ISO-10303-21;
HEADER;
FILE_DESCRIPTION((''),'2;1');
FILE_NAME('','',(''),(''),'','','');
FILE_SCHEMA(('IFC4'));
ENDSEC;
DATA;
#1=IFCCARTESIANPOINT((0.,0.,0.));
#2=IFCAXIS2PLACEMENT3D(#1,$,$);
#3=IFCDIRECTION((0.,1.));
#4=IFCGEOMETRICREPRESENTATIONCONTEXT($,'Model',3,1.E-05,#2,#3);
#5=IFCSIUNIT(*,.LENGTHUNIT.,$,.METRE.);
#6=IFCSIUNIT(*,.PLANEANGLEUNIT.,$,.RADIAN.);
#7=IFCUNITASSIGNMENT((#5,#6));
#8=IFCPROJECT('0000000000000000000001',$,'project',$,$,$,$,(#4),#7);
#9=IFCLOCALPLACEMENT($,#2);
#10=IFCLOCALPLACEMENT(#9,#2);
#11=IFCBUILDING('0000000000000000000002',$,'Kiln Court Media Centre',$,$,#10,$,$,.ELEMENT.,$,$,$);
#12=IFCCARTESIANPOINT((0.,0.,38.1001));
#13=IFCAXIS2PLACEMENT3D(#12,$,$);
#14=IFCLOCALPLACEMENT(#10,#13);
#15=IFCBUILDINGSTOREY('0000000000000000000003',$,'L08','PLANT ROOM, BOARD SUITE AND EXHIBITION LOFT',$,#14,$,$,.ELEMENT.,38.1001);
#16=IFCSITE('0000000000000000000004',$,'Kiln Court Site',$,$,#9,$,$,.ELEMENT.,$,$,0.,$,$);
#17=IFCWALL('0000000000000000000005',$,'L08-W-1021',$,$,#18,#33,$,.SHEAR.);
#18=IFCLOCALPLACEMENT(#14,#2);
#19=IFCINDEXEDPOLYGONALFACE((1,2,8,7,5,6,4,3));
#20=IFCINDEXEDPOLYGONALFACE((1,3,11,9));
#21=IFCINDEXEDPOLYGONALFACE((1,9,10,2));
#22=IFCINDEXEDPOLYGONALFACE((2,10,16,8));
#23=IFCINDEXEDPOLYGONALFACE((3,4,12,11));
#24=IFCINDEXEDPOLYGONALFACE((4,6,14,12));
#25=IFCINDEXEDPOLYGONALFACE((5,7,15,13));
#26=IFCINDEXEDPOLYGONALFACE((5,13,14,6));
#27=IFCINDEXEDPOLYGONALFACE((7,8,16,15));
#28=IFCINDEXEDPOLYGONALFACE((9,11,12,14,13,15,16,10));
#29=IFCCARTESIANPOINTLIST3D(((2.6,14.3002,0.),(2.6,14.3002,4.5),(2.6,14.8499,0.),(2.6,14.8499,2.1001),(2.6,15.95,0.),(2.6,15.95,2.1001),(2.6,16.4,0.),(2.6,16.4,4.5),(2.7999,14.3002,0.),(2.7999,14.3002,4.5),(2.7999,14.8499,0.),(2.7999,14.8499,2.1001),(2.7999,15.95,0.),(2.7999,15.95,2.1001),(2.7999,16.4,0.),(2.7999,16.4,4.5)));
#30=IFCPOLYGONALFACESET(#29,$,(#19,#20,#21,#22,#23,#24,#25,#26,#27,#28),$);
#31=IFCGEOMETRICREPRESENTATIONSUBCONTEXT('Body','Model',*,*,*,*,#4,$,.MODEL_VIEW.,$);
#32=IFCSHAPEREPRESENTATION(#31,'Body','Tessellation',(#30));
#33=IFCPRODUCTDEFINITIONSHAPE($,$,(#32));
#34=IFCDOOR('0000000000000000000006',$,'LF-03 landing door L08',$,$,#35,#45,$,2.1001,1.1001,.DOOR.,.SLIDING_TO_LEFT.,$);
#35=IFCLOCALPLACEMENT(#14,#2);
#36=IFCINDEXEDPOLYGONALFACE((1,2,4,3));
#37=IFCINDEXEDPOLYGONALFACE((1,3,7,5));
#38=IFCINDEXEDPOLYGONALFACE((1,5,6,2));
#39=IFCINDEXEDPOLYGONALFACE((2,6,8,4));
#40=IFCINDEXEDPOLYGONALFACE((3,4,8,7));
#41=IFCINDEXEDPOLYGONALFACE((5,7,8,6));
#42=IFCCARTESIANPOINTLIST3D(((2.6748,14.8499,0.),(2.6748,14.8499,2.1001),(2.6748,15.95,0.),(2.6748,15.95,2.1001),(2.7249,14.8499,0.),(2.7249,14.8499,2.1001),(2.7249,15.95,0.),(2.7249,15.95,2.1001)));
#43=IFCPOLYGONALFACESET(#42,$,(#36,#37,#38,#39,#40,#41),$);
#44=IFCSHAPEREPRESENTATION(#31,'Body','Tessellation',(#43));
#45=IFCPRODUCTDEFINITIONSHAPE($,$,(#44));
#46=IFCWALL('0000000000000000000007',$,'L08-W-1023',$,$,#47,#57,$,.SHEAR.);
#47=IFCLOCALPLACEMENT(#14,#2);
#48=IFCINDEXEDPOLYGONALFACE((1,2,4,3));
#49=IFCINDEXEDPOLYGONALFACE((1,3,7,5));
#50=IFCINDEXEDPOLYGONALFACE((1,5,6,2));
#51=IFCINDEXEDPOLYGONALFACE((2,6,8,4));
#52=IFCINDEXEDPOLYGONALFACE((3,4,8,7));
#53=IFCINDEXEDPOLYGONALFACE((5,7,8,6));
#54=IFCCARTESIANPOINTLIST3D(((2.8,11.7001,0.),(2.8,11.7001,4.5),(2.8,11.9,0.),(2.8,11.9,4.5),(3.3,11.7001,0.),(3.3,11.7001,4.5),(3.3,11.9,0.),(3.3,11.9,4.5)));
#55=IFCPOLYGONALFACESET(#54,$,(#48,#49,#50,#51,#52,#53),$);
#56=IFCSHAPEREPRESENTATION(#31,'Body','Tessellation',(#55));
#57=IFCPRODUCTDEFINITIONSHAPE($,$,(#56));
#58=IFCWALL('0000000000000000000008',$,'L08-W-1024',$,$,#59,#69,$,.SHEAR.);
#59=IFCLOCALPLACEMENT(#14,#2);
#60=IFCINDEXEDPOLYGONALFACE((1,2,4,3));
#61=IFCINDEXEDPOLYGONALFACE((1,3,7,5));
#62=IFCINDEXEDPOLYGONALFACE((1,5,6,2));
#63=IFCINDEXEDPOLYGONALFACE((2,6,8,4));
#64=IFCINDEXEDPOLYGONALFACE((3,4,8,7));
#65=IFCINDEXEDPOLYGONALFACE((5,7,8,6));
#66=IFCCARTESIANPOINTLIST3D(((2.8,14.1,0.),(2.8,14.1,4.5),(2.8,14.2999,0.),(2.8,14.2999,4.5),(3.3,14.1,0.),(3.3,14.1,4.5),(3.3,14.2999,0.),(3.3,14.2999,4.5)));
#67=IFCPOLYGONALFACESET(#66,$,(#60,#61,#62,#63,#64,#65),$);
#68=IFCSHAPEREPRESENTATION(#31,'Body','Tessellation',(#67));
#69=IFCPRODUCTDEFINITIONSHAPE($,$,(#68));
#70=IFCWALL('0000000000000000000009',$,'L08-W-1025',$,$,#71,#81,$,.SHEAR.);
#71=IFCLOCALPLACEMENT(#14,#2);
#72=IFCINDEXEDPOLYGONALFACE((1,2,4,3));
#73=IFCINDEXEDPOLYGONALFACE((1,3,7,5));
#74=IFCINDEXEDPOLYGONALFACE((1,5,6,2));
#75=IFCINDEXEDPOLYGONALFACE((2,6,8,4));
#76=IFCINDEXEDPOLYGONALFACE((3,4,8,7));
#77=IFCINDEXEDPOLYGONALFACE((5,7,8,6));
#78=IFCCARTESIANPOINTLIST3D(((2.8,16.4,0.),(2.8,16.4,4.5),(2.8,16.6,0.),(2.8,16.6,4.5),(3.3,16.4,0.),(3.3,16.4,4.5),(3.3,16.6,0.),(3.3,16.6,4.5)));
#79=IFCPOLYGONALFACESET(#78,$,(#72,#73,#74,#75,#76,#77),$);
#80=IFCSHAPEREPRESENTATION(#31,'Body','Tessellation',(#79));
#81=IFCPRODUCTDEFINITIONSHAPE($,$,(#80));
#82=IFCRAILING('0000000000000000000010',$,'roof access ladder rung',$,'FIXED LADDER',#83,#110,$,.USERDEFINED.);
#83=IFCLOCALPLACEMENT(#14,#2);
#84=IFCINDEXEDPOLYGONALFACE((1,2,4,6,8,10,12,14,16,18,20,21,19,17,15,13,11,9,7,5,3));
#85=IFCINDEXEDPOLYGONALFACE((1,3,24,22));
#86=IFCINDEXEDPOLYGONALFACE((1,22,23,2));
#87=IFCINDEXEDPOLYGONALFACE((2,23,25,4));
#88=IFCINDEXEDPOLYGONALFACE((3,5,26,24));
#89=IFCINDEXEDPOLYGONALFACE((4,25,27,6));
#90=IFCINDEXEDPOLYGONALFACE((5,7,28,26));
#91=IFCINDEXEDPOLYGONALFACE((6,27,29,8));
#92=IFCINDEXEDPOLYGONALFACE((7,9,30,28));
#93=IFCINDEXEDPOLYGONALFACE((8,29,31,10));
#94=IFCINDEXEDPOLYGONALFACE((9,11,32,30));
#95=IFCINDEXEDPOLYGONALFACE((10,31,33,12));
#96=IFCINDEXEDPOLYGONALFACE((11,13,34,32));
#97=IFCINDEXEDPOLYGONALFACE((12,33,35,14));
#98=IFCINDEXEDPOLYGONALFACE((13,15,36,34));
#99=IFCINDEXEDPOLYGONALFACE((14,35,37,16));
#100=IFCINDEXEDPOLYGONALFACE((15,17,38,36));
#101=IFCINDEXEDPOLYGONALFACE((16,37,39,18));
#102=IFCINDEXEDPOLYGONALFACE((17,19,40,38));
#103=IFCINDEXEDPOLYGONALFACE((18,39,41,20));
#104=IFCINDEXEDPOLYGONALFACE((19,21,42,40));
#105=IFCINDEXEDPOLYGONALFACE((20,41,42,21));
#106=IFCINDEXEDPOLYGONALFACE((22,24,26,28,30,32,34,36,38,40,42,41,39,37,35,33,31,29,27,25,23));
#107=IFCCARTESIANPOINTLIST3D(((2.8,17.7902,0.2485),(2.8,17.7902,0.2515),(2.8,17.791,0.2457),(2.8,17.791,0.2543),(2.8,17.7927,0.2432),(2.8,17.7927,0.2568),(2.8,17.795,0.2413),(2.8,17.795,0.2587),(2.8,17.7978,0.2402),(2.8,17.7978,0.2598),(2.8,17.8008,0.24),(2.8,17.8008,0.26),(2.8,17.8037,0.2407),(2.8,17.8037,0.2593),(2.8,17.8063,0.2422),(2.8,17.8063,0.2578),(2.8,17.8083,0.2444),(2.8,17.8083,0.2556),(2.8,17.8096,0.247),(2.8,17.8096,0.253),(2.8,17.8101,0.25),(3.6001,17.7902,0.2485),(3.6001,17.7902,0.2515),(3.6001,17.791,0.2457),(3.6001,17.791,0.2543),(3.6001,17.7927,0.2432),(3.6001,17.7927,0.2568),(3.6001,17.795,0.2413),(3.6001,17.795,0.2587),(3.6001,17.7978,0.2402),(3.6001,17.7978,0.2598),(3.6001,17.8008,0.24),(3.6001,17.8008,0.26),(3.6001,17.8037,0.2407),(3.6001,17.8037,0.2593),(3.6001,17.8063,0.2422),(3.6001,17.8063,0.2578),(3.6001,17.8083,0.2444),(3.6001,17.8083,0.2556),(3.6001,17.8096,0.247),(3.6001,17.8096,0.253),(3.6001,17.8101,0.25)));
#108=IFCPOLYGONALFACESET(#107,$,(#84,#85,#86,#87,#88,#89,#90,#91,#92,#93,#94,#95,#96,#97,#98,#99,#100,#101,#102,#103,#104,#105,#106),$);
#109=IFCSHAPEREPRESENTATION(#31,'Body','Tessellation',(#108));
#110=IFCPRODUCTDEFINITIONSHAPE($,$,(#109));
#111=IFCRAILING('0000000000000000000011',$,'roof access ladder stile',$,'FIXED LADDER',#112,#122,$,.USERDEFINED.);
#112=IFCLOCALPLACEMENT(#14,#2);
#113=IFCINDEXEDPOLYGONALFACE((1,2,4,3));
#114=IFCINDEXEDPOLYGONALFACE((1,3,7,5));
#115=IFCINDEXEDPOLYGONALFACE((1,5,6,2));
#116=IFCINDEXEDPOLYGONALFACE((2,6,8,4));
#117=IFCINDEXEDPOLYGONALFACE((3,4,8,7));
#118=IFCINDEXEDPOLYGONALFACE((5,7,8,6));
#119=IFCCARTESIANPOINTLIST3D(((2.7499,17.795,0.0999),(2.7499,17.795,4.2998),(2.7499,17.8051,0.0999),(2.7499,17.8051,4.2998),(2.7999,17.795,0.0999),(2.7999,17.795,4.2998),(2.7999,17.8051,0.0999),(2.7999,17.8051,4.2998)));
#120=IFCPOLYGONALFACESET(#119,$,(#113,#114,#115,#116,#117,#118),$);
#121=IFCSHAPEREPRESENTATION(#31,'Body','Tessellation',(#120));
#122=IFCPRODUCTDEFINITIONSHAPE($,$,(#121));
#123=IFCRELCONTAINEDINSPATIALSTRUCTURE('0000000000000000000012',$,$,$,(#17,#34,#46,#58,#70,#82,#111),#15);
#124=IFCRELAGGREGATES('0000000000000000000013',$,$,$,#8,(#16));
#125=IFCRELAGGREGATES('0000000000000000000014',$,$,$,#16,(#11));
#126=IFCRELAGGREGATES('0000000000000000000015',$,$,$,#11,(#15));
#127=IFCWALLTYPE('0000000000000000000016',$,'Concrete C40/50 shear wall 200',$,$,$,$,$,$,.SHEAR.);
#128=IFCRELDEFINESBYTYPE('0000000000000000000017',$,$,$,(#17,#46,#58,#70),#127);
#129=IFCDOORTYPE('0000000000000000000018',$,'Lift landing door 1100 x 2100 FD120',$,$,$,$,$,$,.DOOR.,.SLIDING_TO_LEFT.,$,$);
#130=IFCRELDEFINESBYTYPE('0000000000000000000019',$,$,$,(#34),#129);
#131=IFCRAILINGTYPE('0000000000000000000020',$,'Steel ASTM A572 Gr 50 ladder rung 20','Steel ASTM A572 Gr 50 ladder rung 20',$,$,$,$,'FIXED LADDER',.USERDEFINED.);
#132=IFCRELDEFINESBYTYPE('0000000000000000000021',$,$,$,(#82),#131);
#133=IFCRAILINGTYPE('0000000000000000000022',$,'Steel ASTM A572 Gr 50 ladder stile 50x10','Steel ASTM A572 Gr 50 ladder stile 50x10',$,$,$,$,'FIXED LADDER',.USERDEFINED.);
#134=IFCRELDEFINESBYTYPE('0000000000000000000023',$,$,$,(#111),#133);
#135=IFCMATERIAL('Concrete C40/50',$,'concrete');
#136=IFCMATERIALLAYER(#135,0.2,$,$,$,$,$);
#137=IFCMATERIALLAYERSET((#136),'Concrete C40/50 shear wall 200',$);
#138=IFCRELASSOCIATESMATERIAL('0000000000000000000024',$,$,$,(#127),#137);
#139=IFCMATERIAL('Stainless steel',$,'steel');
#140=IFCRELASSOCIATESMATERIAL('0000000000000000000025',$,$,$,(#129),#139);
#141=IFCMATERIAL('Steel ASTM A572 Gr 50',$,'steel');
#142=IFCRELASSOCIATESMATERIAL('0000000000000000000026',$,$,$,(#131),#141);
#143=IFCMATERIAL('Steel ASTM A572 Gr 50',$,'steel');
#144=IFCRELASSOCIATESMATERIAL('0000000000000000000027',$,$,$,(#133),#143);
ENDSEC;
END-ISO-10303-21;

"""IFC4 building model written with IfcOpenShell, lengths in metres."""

from ifc_helpers import new_model, si_unit, direction, frame, frame_2d, origin, origin_2d, place, context, subcontext, project, spatial, rectangle, circle, extrude, material, layer, layer_set, material_profile, profile_set, type_object, element, fill, save


model = new_model("IFC4")

# Units and contexts
model_context = context("Model", 3, precision=1e-05, world=origin(), true_north=direction((0.0, 1.0)))
body_context = subcontext(model_context, "Body", "Model", "MODEL_VIEW")
ifc_project = project(units=[si_unit("LENGTHUNIT", "METRE"), si_unit("PLANEANGLEUNIT", "RADIAN")], contexts=[model_context])

# Site, building, storey
site_placement = place(None, origin())
site = spatial("IfcSite", under=ifc_project, at=site_placement, Name="Kiln Court Site", CompositionType="ELEMENT", RefElevation=0.0)
building_placement = place(site_placement, origin())
building = spatial("IfcBuilding", under=site, at=building_placement, Name="Kiln Court Media Centre", CompositionType="ELEMENT")
storey_placement = place(building_placement, frame((0.0, 0.0, 38.1001)))
storey = spatial("IfcBuildingStorey", under=building, at=storey_placement, Name="L08", Description="PLANT ROOM, BOARD SUITE AND EXHIBITION LOFT", CompositionType="ELEMENT", Elevation=38.1001)

# Shared definitions
ifc_material_1 = material(Name="Concrete C40/50", Category="concrete")
ifc_layer = layer(ifc_material_1, 0.2)
ifc_layer_set = layer_set([ifc_layer], Name="Concrete C40/50 shear wall 200")
wall_type = type_object("IfcWallType", Name="Concrete C40/50 shear wall 200", PredefinedType="SHEAR", material=ifc_layer_set)

# Shared definitions
ifc_material_2 = material(Name="Stainless steel", Category="steel")
door_type_1 = type_object("IfcDoorType", Name="Lift landing door 1100 x 2100 FD120", OperationType="SLIDING_TO_LEFT", PredefinedType="DOOR", material=ifc_material_2)

# Wall, opening, door
wall_1_placement = place(storey_placement, frame((2.7, 16.3999, 0.0), z_axis=(0.0, 0.0, 1.0), x_axis=(0.0, -1.0, 0.0)))
wall_1 = element("IfcWall", 1, at=wall_1_placement, inside=storey, type_object=wall_type, Name="L08-W-1021", PredefinedType="SHEAR", context=body_context, shape_type="SweptSolid", body=[
    extrude(rectangle(XDim=2.0999, YDim=0.2, at=frame_2d((1.0498, 0.0))), origin(), (0.0, 0.0, 1.0), 4.5),
])
opening_1_placement = place(wall_1_placement, frame((0.45, 0.0, 0.0)))
opening_1 = element("IfcOpeningElement", 2, at=opening_1_placement, cuts=wall_1, PredefinedType="OPENING", context=body_context, shape_type="SweptSolid", body=[
    extrude(rectangle(XDim=1.1001, YDim=2.1001, at=frame_2d((0.55, 1.05))), frame((0.0, 0.1099, 0.0), z_axis=(0.0, -1.0, 0.0), x_axis=(1.0, 0.0, 0.0)), (0.0, 0.0, 1.0), 0.22),
])
door_1_placement = place(opening_1_placement, origin())
door_1 = element("IfcDoor", 3, at=door_1_placement, inside=storey, type_object=door_type_1, Name="LF-03 landing door L08", OperationType="SLIDING_TO_LEFT", OverallHeight=2.1001, OverallWidth=1.1001, PredefinedType="DOOR", context=body_context, shape_type="SweptSolid", body=[
    extrude(rectangle(XDim=1.1001, YDim=2.1001, at=frame_2d((0.55, 1.05))), frame((0.0, 0.0249, 0.0), z_axis=(0.0, -1.0, 0.0), x_axis=(1.0, 0.0, 0.0)), (0.0, 0.0, 1.0), 0.05),
])
fill(opening_1, door_1)

# Walls
for number, where, z_axis, x_axis, name in (
    (4, (2.8, 11.8, 0.0), (0.0, 0.0, 1.0), (1.0, 0.0, 0.0), "L08-W-1023"),
    (5, (2.8, 14.2, 0.0), (0.0, 0.0, 1.0), (1.0, 0.0, 0.0), "L08-W-1024"),
    (6, (2.8, 16.5, 0.0), (0.0, 0.0, 1.0), (1.0, 0.0, 0.0), "L08-W-1025"),
):
    element("IfcWall", number, at=place(storey_placement, frame(where, z_axis=z_axis, x_axis=x_axis)), inside=storey, type_object=wall_type, Name=name, PredefinedType="SHEAR", context=body_context, shape_type="SweptSolid", body=[
        extrude(rectangle(XDim=0.5, YDim=0.2, at=frame_2d((0.25, 0.0))), origin(), (0.0, 0.0, 1.0), 4.5),
    ])

# Railings
ifc_material_3 = material(Name="Steel ASTM A572 Gr 50", Category="steel")
ifc_material_profile_1 = material_profile(ifc_material_3, circle(Radius=0.01, at=origin_2d()), Name="Steel ASTM A572 Gr 50 ladder rung 20")
ifc_profile_set_1 = profile_set([ifc_material_profile_1], Name="Steel ASTM A572 Gr 50")
railing_type_1 = type_object("IfcRailingType", Name="Steel ASTM A572 Gr 50 ladder rung 20", Description="Steel ASTM A572 Gr 50 ladder rung 20", ElementType="FIXED LADDER", PredefinedType="USERDEFINED", material=ifc_profile_set_1)
railing_1_placement = place(storey_placement, frame((2.8, 17.8, 0.25), z_axis=(1.0, 0.0, 0.0), x_axis=(0.0, 1.0, 0.0)))
element("IfcRailing", 7, at=railing_1_placement, inside=storey, type_object=railing_type_1, Name="roof access ladder rung", ObjectType="FIXED LADDER", PredefinedType="USERDEFINED", context=body_context, shape_type="SweptSolid", body=[
    extrude(circle(Radius=0.01, at=origin_2d()), origin(), (0.0, 0.0, 1.0), 0.8),
])
ifc_material_4 = material(Name="Steel ASTM A572 Gr 50", Category="steel")
ifc_material_profile_2 = material_profile(ifc_material_4, rectangle(XDim=0.05, YDim=0.01, at=origin_2d()), Name="Steel ASTM A572 Gr 50 ladder stile 50x10")
ifc_profile_set_2 = profile_set([ifc_material_profile_2], Name="Steel ASTM A572 Gr 50")
railing_type_2 = type_object("IfcRailingType", Name="Steel ASTM A572 Gr 50 ladder stile 50x10", Description="Steel ASTM A572 Gr 50 ladder stile 50x10", ElementType="FIXED LADDER", PredefinedType="USERDEFINED", material=ifc_profile_set_2)
railing_2_placement = place(storey_placement, frame((2.7749, 17.8, 0.0999), z_axis=(0.0, 0.0, 1.0), x_axis=(1.0, 0.0, 0.0)))
element("IfcRailing", 8, at=railing_2_placement, inside=storey, type_object=railing_type_2, Name="roof access ladder stile", ObjectType="FIXED LADDER", PredefinedType="USERDEFINED", context=body_context, shape_type="SweptSolid", body=[
    extrude(rectangle(XDim=0.05, YDim=0.01, at=origin_2d()), origin(), (0.0, 0.0, 1.0), 4.2),
])

save(model, "model.ifc")
